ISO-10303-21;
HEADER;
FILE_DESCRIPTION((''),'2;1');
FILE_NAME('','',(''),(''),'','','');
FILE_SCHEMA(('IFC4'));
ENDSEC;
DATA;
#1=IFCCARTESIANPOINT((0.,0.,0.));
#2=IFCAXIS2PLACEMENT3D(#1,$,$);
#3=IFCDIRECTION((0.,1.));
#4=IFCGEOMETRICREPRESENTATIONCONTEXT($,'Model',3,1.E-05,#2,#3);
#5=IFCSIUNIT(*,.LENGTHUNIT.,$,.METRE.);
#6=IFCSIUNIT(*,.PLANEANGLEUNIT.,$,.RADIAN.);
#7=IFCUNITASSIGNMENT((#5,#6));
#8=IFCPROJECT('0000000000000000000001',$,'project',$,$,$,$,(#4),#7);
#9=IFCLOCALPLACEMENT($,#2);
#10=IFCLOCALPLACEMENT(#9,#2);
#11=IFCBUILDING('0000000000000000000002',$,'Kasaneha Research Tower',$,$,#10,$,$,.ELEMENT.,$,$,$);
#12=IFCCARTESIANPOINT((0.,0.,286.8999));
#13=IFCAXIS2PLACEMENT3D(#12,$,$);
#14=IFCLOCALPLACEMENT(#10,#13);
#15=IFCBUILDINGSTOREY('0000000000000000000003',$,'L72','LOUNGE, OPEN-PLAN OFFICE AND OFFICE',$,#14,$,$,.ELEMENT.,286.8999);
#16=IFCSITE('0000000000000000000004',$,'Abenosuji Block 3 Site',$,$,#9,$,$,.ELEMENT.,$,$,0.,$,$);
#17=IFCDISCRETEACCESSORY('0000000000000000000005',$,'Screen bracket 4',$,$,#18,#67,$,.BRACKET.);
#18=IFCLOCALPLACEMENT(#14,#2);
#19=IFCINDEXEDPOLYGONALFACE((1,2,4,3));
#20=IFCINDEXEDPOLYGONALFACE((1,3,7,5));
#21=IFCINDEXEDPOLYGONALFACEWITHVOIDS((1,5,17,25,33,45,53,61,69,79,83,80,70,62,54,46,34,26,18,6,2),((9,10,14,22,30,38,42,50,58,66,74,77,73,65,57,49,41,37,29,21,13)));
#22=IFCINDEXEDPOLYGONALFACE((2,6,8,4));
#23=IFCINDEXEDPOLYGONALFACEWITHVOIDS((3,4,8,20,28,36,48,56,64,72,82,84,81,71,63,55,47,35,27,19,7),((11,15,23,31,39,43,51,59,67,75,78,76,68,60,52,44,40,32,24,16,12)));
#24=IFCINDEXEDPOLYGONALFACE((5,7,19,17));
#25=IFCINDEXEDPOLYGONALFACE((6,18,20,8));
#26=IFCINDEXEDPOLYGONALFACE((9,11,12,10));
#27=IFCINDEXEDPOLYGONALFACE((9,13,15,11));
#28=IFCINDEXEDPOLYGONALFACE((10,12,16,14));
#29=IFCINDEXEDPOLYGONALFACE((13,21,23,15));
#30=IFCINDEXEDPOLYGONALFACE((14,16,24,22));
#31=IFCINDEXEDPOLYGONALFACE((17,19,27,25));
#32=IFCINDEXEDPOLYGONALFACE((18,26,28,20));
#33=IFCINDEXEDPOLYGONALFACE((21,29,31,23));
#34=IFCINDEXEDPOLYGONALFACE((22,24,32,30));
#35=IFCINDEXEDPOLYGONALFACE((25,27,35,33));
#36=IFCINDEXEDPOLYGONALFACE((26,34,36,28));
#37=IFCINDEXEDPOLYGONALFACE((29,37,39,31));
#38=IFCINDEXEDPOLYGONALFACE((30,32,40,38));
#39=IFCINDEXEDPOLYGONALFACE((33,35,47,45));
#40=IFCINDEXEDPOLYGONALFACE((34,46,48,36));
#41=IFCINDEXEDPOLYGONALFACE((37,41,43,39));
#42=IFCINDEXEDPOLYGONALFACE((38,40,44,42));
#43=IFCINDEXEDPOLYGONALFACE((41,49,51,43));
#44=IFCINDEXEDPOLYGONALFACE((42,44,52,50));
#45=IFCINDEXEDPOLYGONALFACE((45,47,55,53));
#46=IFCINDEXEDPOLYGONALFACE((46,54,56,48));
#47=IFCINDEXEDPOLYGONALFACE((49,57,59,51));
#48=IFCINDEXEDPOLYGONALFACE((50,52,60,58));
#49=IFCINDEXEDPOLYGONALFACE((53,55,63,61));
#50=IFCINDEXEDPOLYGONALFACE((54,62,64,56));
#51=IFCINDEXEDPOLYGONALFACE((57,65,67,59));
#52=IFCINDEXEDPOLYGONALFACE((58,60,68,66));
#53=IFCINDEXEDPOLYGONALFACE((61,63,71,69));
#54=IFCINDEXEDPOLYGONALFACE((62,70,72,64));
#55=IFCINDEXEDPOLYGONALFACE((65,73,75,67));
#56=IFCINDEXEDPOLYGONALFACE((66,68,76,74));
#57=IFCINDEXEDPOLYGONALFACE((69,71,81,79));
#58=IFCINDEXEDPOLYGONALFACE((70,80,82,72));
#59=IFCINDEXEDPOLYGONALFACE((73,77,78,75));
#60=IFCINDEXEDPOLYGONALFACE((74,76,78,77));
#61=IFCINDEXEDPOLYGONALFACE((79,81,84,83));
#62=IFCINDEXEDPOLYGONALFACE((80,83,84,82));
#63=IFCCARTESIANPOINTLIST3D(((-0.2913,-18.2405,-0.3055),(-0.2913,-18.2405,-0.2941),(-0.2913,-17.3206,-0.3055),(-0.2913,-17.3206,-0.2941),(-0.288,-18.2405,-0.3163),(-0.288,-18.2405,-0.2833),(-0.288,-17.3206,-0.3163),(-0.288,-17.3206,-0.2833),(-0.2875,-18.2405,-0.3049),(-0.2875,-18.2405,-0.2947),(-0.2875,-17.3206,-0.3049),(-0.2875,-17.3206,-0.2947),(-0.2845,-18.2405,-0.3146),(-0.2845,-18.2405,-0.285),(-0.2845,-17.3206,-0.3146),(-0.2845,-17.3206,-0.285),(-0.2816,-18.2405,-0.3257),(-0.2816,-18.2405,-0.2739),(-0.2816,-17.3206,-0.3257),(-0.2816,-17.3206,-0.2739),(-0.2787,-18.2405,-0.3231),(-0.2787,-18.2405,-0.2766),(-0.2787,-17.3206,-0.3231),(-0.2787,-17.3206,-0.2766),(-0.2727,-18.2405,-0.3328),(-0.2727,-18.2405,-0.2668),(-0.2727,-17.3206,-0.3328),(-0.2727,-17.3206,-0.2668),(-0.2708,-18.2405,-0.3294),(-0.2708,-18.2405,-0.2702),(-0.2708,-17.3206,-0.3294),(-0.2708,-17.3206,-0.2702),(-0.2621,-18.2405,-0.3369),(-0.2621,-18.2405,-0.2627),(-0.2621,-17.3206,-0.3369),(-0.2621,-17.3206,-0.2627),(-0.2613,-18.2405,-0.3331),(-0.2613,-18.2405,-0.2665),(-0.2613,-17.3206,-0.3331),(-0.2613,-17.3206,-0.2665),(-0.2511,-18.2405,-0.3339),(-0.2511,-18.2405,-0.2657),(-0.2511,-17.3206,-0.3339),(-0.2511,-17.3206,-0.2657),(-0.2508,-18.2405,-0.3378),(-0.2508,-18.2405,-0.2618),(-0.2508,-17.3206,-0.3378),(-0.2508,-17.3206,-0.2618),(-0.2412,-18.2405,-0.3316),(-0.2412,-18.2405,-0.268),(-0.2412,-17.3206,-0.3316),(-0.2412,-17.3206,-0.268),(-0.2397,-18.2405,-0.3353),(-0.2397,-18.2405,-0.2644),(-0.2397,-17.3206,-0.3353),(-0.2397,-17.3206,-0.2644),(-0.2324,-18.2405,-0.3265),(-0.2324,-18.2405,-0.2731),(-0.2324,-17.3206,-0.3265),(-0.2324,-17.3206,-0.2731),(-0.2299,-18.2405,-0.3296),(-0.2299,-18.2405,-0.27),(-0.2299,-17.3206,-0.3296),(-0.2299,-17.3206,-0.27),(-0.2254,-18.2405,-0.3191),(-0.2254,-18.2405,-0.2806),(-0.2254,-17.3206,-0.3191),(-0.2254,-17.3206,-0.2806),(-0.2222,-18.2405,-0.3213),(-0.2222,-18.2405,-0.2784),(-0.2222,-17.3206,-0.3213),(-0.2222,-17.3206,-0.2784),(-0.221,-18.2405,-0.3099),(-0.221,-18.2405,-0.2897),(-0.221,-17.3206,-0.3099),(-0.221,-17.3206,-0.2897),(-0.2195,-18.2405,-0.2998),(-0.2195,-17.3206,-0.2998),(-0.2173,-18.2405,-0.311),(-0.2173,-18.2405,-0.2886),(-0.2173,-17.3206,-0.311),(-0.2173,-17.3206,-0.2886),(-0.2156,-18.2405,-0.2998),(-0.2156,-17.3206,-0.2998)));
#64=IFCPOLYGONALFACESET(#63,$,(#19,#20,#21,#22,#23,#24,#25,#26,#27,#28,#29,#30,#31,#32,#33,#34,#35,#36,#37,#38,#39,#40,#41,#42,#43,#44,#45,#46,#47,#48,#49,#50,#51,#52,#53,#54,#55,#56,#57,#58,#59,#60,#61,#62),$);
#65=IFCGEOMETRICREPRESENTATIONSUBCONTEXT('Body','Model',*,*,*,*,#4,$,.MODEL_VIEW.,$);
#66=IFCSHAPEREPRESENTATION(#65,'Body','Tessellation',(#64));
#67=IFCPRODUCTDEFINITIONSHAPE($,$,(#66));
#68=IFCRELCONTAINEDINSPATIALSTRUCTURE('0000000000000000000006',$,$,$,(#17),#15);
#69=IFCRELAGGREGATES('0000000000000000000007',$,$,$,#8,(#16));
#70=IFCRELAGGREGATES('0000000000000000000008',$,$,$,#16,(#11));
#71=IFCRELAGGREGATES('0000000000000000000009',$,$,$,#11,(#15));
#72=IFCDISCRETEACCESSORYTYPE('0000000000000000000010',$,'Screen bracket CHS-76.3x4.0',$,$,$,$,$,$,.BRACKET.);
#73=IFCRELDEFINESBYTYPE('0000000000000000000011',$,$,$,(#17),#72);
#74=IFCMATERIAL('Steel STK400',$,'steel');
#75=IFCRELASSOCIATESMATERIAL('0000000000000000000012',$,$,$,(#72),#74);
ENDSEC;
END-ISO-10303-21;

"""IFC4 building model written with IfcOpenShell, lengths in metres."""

from ifc_helpers import new_model, si_unit, direction, frame, origin, origin_2d, place, context, subcontext, project, spatial, hollow_circle, extrude, material, material_profile, profile_set, type_object, element, save


model = new_model("IFC4")

# Units and contexts
model_context = context("Model", 3, precision=1e-05, world=origin(), true_north=direction((0.0, 1.0)))
body_context = subcontext(model_context, "Body", "Model", "MODEL_VIEW")
ifc_project = project(units=[si_unit("LENGTHUNIT", "METRE"), si_unit("PLANEANGLEUNIT", "RADIAN")], contexts=[model_context])

# Site, building, storey
site_placement = place(None, origin())
site = spatial("IfcSite", under=ifc_project, at=site_placement, Name="Abenosuji Block 3 Site", CompositionType="ELEMENT", RefElevation=0.0)
building_placement = place(site_placement, origin())
building = spatial("IfcBuilding", under=site, at=building_placement, Name="Kasaneha Research Tower", CompositionType="ELEMENT")
storey_placement = place(building_placement, frame((0.0, 0.0, 286.8999)))
storey = spatial("IfcBuildingStorey", under=building, at=storey_placement, Name="L72", Description="LOUNGE, OPEN-PLAN OFFICE AND OFFICE", CompositionType="ELEMENT", Elevation=286.8999)

# Discrete accessory
ifc_material_1 = material(Name="Steel STK400", Category="steel")
ifc_material_profile_1 = material_profile(ifc_material_1, hollow_circle(Radius=0.0381, WallThickness=0.0039, at=origin_2d()), Name="CHS-76.3x4.0")
ifc_profile_set_1 = profile_set([ifc_material_profile_1], Name="Steel STK400")
discrete_accessory_type = type_object("IfcDiscreteAccessoryType", Name="Screen bracket CHS-76.3x4.0", PredefinedType="BRACKET", material=ifc_profile_set_1)
for number, where, z_axis, x_axis, name in (
    (1, (-0.2537, -17.3206, -0.2998), (0.0, -1.0, 0.0), (1.0, 0.0, 0.0), "Screen bracket 4"),
):
    element("IfcDiscreteAccessory", number, at=place(storey_placement, frame(where, z_axis=z_axis, x_axis=x_axis)), inside=storey, type_object=discrete_accessory_type, Name=name, PredefinedType="BRACKET", context=body_context, shape_type="SweptSolid", body=[
        extrude(hollow_circle(Radius=0.0381, WallThickness=0.0039, at=origin_2d()), origin(), (0.0, 0.0, 1.0), 0.9199),
    ])

save(model, "model.ifc")
